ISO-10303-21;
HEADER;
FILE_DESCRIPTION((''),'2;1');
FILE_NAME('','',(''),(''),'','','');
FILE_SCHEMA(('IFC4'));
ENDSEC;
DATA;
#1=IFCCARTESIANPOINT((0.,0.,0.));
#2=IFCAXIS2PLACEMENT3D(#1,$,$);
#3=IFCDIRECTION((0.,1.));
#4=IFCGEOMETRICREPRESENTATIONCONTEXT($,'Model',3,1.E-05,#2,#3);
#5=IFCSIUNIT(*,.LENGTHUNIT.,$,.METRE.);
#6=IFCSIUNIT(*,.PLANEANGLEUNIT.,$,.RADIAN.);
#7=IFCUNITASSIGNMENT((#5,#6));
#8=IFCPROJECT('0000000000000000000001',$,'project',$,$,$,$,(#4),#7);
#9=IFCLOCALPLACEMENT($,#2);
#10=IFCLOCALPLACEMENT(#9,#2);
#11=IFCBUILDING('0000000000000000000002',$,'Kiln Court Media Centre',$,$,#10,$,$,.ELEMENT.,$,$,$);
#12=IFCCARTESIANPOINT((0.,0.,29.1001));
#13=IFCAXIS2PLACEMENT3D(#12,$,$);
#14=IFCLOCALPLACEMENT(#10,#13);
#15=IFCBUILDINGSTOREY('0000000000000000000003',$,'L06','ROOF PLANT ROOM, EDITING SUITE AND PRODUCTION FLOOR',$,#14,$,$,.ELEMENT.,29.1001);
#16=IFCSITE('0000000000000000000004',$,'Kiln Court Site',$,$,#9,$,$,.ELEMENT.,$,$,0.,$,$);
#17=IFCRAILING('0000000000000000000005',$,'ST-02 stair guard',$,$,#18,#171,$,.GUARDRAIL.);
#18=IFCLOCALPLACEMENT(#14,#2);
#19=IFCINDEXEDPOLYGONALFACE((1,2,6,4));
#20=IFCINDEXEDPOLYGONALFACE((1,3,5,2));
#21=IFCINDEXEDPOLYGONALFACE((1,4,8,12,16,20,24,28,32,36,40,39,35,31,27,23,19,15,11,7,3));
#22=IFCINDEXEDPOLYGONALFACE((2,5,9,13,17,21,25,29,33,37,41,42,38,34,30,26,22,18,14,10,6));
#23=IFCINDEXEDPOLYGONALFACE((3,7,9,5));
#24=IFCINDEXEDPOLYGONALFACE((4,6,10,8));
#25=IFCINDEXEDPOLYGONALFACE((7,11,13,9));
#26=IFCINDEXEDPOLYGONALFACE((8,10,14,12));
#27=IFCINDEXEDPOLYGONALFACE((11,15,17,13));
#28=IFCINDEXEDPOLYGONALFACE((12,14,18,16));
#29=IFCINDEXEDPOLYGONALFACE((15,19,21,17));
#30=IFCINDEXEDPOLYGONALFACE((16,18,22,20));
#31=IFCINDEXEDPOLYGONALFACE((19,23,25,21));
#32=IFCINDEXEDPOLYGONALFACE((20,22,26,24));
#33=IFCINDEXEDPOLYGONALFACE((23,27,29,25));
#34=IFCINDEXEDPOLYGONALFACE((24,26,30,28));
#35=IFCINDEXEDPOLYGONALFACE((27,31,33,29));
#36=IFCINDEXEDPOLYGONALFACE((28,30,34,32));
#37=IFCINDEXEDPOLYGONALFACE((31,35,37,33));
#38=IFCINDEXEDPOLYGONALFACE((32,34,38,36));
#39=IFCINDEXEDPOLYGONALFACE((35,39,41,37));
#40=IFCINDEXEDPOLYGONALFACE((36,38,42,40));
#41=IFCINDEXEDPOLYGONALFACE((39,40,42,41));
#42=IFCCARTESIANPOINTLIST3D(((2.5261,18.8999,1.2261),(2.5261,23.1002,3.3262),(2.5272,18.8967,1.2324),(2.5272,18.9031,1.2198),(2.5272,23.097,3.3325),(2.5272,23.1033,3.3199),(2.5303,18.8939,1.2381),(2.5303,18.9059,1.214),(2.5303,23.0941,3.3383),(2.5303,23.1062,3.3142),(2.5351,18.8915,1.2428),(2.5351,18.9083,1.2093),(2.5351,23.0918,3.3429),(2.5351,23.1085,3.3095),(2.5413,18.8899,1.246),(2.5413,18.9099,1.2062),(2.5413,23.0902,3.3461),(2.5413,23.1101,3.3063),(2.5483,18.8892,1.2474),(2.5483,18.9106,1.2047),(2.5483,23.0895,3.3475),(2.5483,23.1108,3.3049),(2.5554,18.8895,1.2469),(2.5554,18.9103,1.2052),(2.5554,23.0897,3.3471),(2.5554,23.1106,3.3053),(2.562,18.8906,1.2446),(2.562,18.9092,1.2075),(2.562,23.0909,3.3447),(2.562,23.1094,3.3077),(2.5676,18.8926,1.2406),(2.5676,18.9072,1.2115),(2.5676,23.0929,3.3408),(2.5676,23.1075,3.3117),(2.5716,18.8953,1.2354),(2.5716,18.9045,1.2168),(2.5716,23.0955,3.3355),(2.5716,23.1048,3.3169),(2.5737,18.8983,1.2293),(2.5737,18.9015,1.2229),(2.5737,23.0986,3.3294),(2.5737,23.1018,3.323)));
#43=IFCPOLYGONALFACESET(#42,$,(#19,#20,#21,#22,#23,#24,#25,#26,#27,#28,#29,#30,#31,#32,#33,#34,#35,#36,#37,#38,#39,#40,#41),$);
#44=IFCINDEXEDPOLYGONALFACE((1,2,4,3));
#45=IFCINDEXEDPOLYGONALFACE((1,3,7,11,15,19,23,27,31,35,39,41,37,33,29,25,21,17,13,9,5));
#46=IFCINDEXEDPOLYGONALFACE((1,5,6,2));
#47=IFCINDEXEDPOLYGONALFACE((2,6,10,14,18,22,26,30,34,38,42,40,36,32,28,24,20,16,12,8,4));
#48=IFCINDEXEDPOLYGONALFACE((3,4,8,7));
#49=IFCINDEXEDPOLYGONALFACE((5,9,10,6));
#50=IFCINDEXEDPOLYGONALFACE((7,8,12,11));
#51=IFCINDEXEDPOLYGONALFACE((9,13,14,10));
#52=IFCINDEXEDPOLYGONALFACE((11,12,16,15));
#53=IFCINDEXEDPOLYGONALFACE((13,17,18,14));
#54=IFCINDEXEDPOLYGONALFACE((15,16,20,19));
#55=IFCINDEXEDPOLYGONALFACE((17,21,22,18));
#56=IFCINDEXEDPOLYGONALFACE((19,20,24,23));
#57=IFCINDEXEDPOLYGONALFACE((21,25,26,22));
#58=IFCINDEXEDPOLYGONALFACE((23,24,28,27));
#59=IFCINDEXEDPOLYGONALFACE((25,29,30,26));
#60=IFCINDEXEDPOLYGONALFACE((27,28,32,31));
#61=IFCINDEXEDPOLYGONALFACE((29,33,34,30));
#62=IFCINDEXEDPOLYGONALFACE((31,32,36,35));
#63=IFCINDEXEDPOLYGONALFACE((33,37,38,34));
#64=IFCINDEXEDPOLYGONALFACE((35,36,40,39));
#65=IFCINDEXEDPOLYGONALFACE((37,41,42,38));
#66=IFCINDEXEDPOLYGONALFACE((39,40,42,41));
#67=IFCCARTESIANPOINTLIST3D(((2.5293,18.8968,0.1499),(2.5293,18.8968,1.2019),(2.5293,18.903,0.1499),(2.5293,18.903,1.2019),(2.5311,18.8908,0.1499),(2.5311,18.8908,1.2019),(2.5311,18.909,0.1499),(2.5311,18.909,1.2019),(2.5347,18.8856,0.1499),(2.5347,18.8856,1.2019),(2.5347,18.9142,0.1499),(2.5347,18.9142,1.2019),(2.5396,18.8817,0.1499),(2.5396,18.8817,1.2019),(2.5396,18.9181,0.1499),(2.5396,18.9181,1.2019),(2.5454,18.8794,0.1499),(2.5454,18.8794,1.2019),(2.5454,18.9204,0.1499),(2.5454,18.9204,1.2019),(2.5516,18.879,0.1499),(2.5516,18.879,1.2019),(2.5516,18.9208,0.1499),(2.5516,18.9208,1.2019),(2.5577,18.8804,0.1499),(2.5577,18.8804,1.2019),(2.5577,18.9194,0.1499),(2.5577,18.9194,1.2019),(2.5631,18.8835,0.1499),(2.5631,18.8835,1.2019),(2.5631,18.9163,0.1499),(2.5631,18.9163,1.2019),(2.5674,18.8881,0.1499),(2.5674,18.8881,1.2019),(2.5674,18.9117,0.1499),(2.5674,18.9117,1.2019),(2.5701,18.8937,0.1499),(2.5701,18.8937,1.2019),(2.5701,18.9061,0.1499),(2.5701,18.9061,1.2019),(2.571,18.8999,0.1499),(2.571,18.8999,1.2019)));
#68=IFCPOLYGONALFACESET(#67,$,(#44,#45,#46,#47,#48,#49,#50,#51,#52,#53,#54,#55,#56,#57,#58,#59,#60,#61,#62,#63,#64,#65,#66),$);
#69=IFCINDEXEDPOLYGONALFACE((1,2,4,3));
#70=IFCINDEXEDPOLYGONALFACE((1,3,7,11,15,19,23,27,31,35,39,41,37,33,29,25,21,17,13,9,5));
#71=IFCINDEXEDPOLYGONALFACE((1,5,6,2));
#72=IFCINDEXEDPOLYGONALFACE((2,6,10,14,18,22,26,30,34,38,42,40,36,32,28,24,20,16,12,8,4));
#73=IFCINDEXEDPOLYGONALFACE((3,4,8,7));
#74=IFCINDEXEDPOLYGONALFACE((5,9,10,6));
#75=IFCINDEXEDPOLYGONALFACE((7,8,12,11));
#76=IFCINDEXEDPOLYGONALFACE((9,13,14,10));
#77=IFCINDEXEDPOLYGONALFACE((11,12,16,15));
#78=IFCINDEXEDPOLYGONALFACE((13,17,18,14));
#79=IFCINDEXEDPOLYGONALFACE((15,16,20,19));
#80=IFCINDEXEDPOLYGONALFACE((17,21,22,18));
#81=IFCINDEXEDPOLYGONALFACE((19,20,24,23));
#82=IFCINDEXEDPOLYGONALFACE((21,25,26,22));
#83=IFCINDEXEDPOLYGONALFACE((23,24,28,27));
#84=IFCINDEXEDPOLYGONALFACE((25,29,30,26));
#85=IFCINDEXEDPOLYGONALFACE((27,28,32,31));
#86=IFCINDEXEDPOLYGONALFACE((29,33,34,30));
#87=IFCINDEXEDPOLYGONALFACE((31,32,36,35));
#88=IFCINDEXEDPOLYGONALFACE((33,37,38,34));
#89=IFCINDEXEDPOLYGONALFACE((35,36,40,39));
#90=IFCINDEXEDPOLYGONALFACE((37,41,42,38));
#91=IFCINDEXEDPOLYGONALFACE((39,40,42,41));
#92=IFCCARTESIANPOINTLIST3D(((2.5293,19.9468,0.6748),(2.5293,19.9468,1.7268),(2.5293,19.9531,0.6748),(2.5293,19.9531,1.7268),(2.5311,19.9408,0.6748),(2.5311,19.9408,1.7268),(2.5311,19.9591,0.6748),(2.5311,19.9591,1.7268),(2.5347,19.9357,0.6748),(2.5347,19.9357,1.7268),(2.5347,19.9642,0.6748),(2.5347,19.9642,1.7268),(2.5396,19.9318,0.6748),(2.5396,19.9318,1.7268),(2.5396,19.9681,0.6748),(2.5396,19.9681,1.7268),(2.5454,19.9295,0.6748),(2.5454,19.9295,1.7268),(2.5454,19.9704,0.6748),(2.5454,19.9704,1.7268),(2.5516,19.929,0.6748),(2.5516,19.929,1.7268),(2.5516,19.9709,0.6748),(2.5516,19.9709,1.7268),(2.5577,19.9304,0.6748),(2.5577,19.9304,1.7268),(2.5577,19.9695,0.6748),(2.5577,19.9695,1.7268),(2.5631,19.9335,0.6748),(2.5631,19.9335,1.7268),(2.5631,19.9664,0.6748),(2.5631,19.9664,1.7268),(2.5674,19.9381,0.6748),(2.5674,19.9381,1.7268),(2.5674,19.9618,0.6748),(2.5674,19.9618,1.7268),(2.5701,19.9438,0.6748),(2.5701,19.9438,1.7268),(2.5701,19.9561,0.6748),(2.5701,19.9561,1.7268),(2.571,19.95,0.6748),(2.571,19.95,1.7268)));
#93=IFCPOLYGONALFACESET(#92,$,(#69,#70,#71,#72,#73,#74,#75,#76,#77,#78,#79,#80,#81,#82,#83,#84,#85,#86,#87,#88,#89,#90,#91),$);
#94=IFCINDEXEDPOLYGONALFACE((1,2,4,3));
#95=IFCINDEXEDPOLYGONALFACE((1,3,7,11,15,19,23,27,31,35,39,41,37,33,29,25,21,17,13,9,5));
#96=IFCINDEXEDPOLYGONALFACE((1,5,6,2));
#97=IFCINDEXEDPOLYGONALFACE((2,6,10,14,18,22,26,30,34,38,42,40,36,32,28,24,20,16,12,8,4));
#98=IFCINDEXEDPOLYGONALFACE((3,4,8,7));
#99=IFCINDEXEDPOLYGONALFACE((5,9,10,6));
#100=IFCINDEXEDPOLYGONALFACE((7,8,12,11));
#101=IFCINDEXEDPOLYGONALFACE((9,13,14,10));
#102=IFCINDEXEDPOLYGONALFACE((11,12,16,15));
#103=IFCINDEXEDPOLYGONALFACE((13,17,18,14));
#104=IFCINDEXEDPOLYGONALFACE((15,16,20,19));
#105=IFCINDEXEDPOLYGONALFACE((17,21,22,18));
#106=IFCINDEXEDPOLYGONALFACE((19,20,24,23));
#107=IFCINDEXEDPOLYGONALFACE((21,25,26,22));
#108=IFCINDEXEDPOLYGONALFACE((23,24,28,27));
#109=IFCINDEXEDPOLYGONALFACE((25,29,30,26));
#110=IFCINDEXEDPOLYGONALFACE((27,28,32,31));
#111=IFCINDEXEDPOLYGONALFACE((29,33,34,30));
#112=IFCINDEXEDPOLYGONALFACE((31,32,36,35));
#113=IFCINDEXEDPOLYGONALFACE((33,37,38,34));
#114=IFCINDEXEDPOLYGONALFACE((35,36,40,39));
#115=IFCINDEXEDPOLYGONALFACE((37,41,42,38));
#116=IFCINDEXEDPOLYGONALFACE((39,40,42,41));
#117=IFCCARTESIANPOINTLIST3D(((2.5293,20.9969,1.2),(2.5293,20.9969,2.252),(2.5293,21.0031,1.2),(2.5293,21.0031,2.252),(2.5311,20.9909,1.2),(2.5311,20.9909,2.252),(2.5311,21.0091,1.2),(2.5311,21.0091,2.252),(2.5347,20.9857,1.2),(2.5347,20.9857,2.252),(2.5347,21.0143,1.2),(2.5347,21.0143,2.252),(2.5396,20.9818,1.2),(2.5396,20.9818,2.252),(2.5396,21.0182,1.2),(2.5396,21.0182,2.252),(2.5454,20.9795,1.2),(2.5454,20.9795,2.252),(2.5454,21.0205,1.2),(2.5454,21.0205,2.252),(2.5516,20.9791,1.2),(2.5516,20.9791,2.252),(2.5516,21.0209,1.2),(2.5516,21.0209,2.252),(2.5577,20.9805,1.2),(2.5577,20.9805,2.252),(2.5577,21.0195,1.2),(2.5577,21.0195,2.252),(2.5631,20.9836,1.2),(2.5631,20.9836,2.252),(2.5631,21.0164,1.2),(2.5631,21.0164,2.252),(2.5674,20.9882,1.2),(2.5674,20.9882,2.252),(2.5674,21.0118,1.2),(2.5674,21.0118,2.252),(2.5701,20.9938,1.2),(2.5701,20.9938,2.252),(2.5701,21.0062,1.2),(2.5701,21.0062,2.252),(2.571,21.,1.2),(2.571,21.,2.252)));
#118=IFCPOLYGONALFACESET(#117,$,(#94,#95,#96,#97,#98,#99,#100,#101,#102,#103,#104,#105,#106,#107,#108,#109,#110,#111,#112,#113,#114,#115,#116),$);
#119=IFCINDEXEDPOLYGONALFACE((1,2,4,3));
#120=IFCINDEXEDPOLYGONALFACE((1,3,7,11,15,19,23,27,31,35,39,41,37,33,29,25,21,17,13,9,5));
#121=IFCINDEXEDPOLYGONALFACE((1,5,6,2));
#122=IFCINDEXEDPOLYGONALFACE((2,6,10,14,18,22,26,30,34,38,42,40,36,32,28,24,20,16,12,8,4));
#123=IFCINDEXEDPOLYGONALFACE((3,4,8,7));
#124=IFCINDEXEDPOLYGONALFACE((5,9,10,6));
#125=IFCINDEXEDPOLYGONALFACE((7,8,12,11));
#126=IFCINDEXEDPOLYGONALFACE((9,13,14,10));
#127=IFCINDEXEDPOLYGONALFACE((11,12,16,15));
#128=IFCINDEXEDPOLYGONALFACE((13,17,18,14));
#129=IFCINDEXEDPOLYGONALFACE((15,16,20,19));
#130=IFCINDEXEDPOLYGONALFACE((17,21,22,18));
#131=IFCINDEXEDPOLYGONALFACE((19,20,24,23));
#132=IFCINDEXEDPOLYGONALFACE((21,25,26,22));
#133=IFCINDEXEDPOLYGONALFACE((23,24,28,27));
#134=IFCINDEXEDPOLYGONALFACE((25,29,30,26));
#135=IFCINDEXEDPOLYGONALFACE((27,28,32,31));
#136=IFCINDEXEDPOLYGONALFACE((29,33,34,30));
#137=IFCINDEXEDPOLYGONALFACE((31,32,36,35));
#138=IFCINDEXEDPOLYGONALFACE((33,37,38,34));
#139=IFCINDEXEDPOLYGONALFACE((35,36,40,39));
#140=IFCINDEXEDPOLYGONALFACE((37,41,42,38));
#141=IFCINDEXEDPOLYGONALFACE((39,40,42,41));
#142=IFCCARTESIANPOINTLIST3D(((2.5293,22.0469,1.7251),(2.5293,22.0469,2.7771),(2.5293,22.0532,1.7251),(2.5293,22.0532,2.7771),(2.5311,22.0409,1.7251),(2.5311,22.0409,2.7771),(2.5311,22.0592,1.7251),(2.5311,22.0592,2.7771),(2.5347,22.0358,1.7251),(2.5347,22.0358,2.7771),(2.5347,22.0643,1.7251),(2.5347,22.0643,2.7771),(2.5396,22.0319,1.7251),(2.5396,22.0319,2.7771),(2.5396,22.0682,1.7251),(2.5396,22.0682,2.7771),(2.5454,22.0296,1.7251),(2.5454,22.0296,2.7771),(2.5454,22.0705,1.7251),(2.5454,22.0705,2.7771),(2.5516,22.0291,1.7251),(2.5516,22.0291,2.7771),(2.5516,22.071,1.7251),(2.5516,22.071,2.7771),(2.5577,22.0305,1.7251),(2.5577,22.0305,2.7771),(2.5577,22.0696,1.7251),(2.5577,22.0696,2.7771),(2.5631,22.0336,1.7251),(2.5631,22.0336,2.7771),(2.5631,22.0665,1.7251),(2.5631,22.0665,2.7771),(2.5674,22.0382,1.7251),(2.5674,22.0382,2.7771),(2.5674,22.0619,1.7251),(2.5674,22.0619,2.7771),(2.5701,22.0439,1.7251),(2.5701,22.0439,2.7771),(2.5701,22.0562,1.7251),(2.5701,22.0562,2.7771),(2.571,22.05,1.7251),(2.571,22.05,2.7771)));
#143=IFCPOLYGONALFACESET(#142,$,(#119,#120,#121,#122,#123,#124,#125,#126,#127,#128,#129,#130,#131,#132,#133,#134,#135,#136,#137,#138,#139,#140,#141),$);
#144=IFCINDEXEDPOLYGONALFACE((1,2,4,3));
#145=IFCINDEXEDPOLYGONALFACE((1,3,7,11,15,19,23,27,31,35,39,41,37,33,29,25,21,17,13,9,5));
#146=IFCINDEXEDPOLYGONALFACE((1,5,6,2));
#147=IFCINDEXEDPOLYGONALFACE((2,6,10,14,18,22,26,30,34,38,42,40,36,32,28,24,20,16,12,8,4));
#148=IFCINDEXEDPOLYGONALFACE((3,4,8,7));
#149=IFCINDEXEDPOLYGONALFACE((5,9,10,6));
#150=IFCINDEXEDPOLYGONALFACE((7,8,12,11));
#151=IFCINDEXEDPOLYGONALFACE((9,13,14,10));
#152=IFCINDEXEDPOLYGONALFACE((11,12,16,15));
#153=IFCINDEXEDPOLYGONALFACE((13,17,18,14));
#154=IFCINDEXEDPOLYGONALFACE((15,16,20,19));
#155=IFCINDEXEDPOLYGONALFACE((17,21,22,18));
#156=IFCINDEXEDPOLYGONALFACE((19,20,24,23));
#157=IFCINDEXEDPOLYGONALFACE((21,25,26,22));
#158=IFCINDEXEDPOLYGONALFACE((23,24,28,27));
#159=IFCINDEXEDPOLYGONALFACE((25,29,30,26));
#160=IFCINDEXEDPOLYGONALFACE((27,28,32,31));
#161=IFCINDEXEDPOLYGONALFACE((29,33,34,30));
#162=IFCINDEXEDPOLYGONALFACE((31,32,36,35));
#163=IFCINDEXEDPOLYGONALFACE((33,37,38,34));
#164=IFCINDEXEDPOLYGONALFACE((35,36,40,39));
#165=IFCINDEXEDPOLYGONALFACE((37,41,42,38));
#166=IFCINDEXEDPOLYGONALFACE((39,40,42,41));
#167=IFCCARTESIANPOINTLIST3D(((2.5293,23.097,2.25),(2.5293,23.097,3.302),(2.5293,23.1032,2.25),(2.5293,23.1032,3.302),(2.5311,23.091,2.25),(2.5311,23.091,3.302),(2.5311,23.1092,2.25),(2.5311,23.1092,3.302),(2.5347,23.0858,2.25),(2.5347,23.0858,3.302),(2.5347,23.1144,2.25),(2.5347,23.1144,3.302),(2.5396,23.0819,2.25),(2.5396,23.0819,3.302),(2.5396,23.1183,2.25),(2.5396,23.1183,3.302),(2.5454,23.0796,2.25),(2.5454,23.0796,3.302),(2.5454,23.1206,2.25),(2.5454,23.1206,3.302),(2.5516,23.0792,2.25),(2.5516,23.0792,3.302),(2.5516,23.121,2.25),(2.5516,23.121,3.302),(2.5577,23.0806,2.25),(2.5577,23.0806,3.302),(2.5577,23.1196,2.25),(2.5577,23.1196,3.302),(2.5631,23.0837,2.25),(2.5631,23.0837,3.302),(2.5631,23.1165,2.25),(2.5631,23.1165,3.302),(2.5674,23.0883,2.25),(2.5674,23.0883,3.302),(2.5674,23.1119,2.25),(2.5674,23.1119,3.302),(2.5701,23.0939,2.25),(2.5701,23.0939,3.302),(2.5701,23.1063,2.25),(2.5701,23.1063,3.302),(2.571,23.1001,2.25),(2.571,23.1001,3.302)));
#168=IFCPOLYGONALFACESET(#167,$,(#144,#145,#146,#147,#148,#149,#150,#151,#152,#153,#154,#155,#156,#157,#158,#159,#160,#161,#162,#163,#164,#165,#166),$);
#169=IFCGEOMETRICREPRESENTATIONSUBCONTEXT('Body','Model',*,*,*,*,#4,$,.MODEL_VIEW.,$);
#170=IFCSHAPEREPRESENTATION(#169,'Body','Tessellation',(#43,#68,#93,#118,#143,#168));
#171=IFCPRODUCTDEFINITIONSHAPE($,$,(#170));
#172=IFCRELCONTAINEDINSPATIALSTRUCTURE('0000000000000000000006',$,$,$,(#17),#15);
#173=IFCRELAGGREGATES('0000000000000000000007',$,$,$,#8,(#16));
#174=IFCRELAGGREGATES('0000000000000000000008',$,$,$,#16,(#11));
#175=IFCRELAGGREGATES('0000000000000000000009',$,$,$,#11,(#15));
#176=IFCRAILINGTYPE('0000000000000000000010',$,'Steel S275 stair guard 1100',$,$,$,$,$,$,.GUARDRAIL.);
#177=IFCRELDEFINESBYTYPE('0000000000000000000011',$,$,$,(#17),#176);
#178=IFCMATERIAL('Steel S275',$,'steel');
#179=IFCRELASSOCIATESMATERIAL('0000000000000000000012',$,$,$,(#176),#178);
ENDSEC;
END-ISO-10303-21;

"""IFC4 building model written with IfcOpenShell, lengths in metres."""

from ifc_helpers import new_model, si_unit, direction, frame, origin, origin_2d, place, context, subcontext, project, spatial, circle, extrude, material, type_object, element, save


model = new_model("IFC4")

# Units and contexts
model_context = context("Model", 3, precision=1e-05, world=origin(), true_north=direction((0.0, 1.0)))
body_context = subcontext(model_context, "Body", "Model", "MODEL_VIEW")
ifc_project = project(units=[si_unit("LENGTHUNIT", "METRE"), si_unit("PLANEANGLEUNIT", "RADIAN")], contexts=[model_context])

# Site, building, storey
site_placement = place(None, origin())
site = spatial("IfcSite", under=ifc_project, at=site_placement, Name="Kiln Court Site", CompositionType="ELEMENT", RefElevation=0.0)
building_placement = place(site_placement, origin())
building = spatial("IfcBuilding", under=site, at=building_placement, Name="Kiln Court Media Centre", CompositionType="ELEMENT")
storey_placement = place(building_placement, frame((0.0, 0.0, 29.1001)))
storey = spatial("IfcBuildingStorey", under=building, at=storey_placement, Name="L06", Description="ROOF PLANT ROOM, EDITING SUITE AND PRODUCTION FLOOR", CompositionType="ELEMENT", Elevation=29.1001)

# Railing
ifc_material_1 = material(Name="Steel S275", Category="steel")
railing_type_1 = type_object("IfcRailingType", Name="Steel S275 stair guard 1100", PredefinedType="GUARDRAIL", material=ifc_material_1)
railing_1_placement = place(storey_placement, frame((2.55, 18.8999, 0.1499)))
element("IfcRailing", 1, at=railing_1_placement, inside=storey, type_object=railing_type_1, Name="ST-02 stair guard", PredefinedType="GUARDRAIL", context=body_context, shape_type="SweptSolid", body=[
    extrude(circle(Radius=0.0239, at=origin_2d()), frame((0.0, 0.0, 1.0762), z_axis=(0.0, 0.894427, 0.447214), x_axis=(-1.0, 0.0, 0.0)), (0.0, 0.0, 1.0), 4.696),
    extrude(circle(Radius=0.021, at=origin_2d()), origin(), (0.0, 0.0, 1.0), 1.052),
    extrude(circle(Radius=0.021, at=origin_2d()), frame((0.0, 1.05, 0.5249)), (0.0, 0.0, 1.0), 1.052),
    extrude(circle(Radius=0.021, at=origin_2d()), frame((0.0, 2.1001, 1.05)), (0.0, 0.0, 1.0), 1.052),
    extrude(circle(Radius=0.021, at=origin_2d()), frame((0.0, 3.1501, 1.5752)), (0.0, 0.0, 1.0), 1.052),
    extrude(circle(Radius=0.021, at=origin_2d()), frame((0.0, 4.2002, 2.1001)), (0.0, 0.0, 1.0), 1.052),
])

save(model, "model.ifc")
